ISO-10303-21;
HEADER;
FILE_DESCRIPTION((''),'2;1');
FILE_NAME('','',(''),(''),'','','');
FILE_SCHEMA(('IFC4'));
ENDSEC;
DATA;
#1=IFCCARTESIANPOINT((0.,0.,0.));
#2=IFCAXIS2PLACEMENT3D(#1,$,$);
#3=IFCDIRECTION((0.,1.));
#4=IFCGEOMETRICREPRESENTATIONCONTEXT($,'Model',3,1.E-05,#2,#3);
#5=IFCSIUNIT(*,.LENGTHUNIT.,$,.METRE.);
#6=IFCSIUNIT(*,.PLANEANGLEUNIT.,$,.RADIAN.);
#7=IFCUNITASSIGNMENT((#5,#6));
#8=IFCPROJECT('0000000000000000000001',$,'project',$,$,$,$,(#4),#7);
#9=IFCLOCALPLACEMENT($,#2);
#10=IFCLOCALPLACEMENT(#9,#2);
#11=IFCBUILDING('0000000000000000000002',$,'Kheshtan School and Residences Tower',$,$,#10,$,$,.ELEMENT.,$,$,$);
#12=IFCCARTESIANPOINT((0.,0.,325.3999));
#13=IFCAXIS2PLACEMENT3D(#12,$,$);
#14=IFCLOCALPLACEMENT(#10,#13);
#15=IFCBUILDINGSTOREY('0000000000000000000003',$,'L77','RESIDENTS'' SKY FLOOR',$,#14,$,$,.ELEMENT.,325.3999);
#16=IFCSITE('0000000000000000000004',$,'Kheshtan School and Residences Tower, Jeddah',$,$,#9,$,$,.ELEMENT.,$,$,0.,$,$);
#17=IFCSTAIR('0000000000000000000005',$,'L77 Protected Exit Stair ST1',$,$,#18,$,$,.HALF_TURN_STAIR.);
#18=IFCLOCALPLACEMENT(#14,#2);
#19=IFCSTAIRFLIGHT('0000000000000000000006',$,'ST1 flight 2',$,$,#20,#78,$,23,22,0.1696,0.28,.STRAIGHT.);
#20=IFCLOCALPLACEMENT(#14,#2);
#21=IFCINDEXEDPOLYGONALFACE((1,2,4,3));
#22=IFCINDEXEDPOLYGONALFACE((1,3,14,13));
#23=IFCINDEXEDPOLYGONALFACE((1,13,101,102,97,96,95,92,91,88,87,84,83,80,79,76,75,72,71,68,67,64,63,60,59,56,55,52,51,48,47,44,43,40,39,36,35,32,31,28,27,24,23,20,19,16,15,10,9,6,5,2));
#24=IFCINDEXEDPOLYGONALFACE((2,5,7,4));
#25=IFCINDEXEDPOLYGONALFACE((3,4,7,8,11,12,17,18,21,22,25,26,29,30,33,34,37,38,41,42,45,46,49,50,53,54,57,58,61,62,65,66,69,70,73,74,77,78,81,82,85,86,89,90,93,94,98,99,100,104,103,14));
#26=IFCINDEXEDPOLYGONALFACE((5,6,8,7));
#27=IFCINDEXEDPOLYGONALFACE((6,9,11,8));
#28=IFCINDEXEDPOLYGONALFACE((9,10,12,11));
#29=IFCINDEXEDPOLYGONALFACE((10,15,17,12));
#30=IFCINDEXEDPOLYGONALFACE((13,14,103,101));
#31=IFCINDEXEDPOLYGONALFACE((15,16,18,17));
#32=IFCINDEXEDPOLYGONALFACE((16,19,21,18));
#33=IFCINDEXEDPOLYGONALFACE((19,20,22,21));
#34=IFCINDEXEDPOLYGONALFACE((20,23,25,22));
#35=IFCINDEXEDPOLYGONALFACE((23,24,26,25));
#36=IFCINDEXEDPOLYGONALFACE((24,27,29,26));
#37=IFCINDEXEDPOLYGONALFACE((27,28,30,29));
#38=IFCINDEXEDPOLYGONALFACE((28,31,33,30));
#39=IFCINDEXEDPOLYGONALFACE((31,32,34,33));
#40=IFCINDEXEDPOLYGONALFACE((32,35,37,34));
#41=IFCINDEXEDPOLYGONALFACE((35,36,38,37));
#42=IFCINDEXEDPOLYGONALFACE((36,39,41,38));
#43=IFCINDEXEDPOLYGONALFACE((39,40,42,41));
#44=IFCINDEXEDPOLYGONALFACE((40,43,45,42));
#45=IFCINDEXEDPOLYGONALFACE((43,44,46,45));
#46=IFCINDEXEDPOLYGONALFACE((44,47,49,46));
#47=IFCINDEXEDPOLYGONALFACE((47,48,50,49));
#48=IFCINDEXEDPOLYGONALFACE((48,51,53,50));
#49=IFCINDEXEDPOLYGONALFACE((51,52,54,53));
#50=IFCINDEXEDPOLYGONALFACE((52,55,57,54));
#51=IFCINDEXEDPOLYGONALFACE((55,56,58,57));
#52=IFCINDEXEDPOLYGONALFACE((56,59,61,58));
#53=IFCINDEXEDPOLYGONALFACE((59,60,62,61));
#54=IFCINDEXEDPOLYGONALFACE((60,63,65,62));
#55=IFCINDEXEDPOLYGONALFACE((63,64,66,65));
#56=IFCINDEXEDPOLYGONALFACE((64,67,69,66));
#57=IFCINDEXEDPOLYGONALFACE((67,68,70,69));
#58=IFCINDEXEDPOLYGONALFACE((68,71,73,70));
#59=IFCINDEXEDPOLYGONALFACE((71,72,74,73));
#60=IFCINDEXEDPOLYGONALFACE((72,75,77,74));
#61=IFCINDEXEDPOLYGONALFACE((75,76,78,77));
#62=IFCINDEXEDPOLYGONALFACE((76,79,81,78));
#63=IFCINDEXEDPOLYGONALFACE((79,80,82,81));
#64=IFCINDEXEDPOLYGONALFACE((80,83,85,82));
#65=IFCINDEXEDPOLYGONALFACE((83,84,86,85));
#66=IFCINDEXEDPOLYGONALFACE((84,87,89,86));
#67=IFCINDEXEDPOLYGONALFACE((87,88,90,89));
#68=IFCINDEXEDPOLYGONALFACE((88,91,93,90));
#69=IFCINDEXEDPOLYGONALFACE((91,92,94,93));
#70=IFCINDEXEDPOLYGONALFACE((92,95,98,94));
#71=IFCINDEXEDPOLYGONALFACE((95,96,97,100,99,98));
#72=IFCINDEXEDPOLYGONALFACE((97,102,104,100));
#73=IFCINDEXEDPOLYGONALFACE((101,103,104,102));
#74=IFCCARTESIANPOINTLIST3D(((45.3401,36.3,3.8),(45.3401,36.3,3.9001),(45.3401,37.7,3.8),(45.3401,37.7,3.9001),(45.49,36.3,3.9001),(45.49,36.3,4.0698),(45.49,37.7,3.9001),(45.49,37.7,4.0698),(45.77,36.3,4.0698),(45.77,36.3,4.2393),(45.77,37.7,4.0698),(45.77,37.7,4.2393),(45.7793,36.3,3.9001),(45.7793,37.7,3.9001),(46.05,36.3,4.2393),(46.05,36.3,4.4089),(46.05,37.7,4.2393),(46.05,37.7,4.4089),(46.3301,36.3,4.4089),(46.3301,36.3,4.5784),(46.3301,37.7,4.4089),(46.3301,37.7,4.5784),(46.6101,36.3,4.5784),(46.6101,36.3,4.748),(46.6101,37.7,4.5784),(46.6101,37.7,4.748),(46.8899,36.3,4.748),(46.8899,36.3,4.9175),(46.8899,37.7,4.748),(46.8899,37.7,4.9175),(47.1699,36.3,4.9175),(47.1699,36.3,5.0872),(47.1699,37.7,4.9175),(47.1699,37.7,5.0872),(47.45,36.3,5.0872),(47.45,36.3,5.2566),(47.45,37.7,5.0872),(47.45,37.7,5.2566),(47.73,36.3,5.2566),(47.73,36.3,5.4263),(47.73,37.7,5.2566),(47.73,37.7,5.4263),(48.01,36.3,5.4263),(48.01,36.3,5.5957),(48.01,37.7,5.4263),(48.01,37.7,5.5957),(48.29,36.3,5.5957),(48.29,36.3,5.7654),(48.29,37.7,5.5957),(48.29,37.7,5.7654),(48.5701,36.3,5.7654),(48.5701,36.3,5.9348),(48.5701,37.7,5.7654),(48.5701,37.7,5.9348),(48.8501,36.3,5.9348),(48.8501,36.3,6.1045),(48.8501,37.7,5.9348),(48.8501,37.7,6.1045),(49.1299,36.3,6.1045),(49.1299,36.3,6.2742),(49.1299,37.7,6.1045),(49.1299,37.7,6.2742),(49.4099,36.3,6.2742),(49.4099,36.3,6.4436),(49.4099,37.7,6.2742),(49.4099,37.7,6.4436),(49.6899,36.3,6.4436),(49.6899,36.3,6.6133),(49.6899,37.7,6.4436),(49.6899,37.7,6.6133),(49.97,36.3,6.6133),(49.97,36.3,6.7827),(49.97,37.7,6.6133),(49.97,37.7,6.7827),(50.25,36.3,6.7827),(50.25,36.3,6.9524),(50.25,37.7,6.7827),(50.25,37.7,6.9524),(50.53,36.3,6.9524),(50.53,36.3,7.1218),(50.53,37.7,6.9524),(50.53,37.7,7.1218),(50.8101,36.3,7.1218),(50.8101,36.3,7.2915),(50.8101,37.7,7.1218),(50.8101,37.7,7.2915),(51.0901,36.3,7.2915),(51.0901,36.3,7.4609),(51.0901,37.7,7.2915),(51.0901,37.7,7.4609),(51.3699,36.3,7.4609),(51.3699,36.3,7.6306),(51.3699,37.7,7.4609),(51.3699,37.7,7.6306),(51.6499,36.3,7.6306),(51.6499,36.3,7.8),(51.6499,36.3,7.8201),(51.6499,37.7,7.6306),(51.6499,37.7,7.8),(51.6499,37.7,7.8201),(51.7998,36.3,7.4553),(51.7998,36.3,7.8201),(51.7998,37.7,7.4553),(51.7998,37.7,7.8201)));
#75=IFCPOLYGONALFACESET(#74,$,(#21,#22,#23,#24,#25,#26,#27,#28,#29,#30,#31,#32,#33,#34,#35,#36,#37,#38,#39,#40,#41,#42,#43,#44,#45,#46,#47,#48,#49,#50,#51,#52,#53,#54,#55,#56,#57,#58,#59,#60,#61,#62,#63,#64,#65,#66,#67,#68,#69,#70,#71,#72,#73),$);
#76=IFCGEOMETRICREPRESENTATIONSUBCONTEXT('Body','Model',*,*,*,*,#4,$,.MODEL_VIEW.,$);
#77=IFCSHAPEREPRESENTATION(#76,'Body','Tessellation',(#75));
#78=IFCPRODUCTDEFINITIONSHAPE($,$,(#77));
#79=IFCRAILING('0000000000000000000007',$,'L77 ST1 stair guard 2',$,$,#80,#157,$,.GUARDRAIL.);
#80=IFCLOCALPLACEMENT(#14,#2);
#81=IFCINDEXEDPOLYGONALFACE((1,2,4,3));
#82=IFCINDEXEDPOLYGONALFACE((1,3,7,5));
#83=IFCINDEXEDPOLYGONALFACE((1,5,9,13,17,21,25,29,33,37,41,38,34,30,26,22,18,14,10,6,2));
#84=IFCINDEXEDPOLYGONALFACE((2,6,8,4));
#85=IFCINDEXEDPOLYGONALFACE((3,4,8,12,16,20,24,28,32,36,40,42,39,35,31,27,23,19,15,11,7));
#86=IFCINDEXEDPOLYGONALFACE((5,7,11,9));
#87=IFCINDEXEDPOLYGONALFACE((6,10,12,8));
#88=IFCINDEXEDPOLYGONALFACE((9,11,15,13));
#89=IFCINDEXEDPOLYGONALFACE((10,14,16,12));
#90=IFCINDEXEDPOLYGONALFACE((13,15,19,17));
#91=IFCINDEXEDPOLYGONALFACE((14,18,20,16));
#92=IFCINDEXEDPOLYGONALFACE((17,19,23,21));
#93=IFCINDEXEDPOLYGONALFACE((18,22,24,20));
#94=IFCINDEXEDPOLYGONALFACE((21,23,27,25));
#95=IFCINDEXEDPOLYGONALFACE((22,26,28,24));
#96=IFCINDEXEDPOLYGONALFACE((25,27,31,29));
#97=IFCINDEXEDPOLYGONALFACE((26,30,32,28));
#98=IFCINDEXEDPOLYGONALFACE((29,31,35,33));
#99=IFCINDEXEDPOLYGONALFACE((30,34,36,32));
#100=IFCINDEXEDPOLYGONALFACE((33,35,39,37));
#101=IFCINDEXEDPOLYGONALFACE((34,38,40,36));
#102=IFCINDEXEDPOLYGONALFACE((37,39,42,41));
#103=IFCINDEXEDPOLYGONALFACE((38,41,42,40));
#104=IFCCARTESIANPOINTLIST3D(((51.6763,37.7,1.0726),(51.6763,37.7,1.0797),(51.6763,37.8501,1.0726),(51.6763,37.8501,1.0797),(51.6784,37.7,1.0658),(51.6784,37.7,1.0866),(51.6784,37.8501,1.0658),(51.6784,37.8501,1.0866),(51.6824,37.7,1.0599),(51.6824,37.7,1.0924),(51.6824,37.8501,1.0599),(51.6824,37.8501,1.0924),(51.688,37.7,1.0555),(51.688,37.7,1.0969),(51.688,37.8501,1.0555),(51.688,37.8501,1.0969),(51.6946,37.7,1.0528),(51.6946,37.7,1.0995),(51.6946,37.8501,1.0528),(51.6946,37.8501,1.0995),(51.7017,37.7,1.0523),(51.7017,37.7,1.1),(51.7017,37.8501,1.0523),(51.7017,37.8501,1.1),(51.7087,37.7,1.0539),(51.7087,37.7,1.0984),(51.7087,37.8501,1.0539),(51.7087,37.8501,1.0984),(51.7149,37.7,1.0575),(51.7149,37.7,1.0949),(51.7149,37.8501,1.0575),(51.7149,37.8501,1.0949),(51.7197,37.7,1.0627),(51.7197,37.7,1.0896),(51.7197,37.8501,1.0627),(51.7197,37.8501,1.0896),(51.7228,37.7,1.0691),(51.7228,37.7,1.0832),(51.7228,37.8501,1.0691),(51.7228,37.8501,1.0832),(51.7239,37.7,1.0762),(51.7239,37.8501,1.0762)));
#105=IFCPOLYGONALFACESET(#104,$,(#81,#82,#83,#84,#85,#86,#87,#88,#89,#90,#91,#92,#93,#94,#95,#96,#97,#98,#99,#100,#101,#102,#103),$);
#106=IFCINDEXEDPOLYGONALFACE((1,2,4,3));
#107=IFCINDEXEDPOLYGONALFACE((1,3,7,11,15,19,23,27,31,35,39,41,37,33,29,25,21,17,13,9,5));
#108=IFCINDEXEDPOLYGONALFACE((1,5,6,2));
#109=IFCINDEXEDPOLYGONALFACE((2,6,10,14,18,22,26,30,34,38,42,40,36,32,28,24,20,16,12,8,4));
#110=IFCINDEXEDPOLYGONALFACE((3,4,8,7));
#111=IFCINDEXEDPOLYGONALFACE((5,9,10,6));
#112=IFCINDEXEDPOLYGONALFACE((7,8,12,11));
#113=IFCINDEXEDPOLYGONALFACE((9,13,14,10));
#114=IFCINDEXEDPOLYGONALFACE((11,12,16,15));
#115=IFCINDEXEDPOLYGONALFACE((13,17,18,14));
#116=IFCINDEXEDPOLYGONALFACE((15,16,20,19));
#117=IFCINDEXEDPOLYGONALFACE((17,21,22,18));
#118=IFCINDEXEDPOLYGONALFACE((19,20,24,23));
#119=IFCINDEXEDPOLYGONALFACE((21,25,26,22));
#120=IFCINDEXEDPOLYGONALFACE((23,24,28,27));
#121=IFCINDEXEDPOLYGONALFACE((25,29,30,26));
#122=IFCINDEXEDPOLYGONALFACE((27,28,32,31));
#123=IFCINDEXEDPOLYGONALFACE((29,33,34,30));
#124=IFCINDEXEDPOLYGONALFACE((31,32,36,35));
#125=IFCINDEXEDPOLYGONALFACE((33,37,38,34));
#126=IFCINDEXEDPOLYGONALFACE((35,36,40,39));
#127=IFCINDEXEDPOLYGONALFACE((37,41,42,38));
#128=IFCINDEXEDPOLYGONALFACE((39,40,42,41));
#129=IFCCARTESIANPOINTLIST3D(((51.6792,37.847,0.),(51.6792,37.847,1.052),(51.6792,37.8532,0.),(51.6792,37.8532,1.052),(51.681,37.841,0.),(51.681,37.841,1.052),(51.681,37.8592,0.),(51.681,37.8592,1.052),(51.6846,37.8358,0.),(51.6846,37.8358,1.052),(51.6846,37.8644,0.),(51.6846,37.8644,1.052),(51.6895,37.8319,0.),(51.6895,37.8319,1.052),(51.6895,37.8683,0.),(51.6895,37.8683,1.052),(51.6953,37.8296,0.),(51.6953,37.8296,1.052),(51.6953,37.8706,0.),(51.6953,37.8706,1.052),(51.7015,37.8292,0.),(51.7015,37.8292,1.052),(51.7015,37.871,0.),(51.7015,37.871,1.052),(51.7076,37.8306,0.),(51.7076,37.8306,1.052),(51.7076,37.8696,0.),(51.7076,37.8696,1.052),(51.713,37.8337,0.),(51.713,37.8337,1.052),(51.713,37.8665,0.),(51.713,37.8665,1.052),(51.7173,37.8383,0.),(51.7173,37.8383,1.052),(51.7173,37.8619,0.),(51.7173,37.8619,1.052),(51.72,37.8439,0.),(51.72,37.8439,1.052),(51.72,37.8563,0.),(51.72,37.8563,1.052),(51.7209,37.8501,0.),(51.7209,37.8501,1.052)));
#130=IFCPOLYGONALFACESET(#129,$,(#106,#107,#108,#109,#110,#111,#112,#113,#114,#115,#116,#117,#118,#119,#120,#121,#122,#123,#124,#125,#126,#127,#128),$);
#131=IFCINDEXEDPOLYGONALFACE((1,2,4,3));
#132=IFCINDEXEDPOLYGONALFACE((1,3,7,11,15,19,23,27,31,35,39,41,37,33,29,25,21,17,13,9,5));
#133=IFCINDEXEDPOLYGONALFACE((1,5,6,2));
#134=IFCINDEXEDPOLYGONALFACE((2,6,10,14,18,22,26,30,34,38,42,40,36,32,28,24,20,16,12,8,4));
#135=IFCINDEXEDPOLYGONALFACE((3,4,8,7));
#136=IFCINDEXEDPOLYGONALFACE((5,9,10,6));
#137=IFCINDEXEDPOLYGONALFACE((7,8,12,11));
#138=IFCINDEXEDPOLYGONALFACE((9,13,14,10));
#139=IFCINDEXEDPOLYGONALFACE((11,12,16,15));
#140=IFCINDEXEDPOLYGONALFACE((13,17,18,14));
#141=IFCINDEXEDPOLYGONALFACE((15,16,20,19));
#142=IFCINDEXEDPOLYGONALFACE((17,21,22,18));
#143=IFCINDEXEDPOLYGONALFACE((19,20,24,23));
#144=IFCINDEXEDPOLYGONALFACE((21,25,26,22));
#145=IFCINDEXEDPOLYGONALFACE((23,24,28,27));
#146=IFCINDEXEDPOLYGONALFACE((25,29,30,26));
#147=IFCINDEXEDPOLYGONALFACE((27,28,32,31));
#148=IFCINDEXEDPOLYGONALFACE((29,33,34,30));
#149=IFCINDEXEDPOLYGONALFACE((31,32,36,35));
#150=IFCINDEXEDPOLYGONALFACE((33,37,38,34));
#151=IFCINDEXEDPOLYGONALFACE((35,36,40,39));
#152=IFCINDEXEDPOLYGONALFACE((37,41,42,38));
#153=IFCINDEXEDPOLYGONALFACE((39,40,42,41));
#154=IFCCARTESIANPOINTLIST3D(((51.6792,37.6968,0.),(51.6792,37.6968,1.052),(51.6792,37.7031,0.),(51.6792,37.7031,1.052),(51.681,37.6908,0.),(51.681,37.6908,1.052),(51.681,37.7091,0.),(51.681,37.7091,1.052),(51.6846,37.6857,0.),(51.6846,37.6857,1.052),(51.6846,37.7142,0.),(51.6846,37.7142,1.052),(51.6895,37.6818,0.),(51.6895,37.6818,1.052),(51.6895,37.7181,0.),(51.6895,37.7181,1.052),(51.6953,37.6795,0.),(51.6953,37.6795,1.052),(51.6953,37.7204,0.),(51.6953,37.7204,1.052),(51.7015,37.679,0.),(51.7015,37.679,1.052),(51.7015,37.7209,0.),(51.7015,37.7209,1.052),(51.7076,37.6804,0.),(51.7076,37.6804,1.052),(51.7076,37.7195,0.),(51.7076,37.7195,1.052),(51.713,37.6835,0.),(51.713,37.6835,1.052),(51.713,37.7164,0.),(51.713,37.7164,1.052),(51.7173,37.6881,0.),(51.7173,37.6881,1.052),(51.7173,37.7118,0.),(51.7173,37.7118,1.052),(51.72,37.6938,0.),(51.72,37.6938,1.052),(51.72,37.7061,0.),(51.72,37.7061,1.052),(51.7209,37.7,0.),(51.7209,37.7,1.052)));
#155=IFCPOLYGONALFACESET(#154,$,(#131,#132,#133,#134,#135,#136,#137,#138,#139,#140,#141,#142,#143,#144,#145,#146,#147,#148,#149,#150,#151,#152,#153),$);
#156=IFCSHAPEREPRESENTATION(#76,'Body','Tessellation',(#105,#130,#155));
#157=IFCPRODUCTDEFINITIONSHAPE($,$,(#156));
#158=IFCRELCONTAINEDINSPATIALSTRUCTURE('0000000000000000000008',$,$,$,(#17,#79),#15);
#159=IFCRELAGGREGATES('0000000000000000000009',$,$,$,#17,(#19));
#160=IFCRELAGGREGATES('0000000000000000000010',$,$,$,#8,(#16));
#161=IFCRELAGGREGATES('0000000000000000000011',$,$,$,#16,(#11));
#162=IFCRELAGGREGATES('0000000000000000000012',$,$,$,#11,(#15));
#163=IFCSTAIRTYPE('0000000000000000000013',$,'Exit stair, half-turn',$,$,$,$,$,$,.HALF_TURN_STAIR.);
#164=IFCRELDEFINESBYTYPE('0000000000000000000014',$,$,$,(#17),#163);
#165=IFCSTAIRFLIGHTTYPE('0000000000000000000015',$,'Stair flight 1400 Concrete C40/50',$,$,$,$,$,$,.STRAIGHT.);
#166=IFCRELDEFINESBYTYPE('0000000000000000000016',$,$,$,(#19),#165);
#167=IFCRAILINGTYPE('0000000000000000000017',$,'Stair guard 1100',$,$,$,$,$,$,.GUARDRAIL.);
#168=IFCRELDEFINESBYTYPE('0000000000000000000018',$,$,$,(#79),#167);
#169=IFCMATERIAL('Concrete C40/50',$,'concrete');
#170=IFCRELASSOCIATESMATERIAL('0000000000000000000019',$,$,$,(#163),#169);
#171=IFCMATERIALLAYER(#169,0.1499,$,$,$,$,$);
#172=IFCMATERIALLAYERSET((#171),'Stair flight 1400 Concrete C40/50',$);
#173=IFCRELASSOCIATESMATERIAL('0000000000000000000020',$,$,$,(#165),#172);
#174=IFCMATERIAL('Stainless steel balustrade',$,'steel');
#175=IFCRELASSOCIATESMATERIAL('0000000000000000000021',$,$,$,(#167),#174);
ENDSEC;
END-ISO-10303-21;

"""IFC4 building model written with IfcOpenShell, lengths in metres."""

from ifc_helpers import new_model, si_unit, direction, frame, origin, origin_2d, place, context, subcontext, project, spatial, polyline, circle, outline, extrude, material, layer, layer_set, type_object, element, aggregate, save


model = new_model("IFC4")

# Units and contexts
model_context = context("Model", 3, precision=1e-05, world=origin(), true_north=direction((0.0, 1.0)))
body_context = subcontext(model_context, "Body", "Model", "MODEL_VIEW")
ifc_project = project(units=[si_unit("LENGTHUNIT", "METRE"), si_unit("PLANEANGLEUNIT", "RADIAN")], contexts=[model_context])

# Site, building, storey
site_placement = place(None, origin())
site = spatial("IfcSite", under=ifc_project, at=site_placement, Name="Kheshtan School and Residences Tower, Jeddah", CompositionType="ELEMENT", RefElevation=0.0)
building_placement = place(site_placement, origin())
building = spatial("IfcBuilding", under=site, at=building_placement, Name="Kheshtan School and Residences Tower", CompositionType="ELEMENT")
storey_placement = place(building_placement, frame((0.0, 0.0, 325.3999)))
storey = spatial("IfcBuildingStorey", under=building, at=storey_placement, Name="L77", Description="RESIDENTS' SKY FLOOR", CompositionType="ELEMENT", Elevation=325.3999)

# Shared definitions
ifc_material_1 = material(Name="Concrete C40/50", Category="concrete")

# Stair, stair flight
stair_type = type_object("IfcStairType", Name="Exit stair, half-turn", PredefinedType="HALF_TURN_STAIR", material=ifc_material_1)
stair_placement = place(storey_placement, origin())
stair = element("IfcStair", 1, at=stair_placement, inside=storey, type_object=stair_type, Name="L77 Protected Exit Stair ST1", PredefinedType="HALF_TURN_STAIR")
ifc_layer_1 = layer(ifc_material_1, 0.1499)
ifc_layer_set_1 = layer_set([ifc_layer_1], Name="Stair flight 1400 Concrete C40/50")
stair_flight_type = type_object("IfcStairFlightType", Name="Stair flight 1400 Concrete C40/50", PredefinedType="STRAIGHT", material=ifc_layer_set_1)
stair_flight_1_placement = place(storey_placement, frame((45.49, 37.0, 3.9001), z_axis=(0.0, 0.0, 1.0), x_axis=(1.0, 0.0, 0.0)))
stair_flight_1 = element("IfcStairFlight", 2, at=stair_flight_1_placement, type_object=stair_flight_type, Name="ST1 flight 2", NumberOfRisers=23, NumberOfTreads=22, PredefinedType="STRAIGHT", RiserHeight=0.1696, TreadLength=0.28, context=body_context, shape_type="SweptSolid", body=[
    extrude(outline(polyline([(-0.1499, -0.1001), (-0.1499, 0.0), (0.0, 0.0), (0.0, 0.1697), (0.28, 0.1697), (0.28, 0.3391), (0.5601, 0.3391), (0.5601, 0.5088), (0.8401, 0.5088), (0.8401, 0.6782), (1.1201, 0.6782), (1.1201, 0.8479), (1.3999, 0.8479), (1.3999, 1.0173), (1.6799, 1.0173), (1.6799, 1.187), (1.96, 1.187), (1.96, 1.3564), (2.24, 1.3564), (2.24, 1.5261), (2.52, 1.5261), (2.52, 1.6956), (2.8, 1.6956), (2.8, 1.8652), (3.0801, 1.8652), (3.0801, 2.0347), (3.3601, 2.0347), (3.3601, 2.2043), (3.6399, 2.2043), (3.6399, 2.374), (3.9199, 2.374), (3.9199, 2.5435), (4.2, 2.5435), (4.2, 2.7131), (4.48, 2.7131), (4.48, 2.8826), (4.76, 2.8826), (4.76, 3.0522), (5.04, 3.0522), (5.04, 3.2217), (5.3201, 3.2217), (5.3201, 3.3914), (5.6001, 3.3914), (5.6001, 3.5608), (5.8799, 3.5608), (5.8799, 3.7305), (6.1599, 3.7305), (6.1599, 3.8999), (6.1599, 3.9199), (6.3098, 3.9199), (6.3098, 3.5552), (0.2893, 0.0), (-0.1499, -0.1001)])), frame((0.0, 0.7, 0.0), z_axis=(0.0, -1.0, 0.0), x_axis=(1.0, 0.0, 0.0)), (0.0, 0.0, 1.0), 1.3999),
])
aggregate(stair, [stair_flight_1])

# Railing
ifc_material_2 = material(Name="Stainless steel balustrade", Category="steel")
railing_type_1 = type_object("IfcRailingType", Name="Stair guard 1100", PredefinedType="GUARDRAIL", material=ifc_material_2)
railing_1_placement = place(storey_placement, frame((51.7, 37.8501, 0.0)))
element("IfcRailing", 3, at=railing_1_placement, inside=storey, type_object=railing_type_1, Name="L77 ST1 stair guard 2", PredefinedType="GUARDRAIL", context=body_context, shape_type="SweptSolid", body=[
    extrude(circle(Radius=0.0239, at=origin_2d()), frame((0.0, 0.0, 1.0762), z_axis=(0.0, -1.0, 0.0), x_axis=(1.0, 0.0, 0.0)), (0.0, 0.0, 1.0), 0.1501),
    extrude(circle(Radius=0.021, at=origin_2d()), origin(), (0.0, 0.0, 1.0), 1.052),
    extrude(circle(Radius=0.021, at=origin_2d()), frame((0.0, -0.1501, 0.0)), (0.0, 0.0, 1.0), 1.052),
])

save(model, "model.ifc")
